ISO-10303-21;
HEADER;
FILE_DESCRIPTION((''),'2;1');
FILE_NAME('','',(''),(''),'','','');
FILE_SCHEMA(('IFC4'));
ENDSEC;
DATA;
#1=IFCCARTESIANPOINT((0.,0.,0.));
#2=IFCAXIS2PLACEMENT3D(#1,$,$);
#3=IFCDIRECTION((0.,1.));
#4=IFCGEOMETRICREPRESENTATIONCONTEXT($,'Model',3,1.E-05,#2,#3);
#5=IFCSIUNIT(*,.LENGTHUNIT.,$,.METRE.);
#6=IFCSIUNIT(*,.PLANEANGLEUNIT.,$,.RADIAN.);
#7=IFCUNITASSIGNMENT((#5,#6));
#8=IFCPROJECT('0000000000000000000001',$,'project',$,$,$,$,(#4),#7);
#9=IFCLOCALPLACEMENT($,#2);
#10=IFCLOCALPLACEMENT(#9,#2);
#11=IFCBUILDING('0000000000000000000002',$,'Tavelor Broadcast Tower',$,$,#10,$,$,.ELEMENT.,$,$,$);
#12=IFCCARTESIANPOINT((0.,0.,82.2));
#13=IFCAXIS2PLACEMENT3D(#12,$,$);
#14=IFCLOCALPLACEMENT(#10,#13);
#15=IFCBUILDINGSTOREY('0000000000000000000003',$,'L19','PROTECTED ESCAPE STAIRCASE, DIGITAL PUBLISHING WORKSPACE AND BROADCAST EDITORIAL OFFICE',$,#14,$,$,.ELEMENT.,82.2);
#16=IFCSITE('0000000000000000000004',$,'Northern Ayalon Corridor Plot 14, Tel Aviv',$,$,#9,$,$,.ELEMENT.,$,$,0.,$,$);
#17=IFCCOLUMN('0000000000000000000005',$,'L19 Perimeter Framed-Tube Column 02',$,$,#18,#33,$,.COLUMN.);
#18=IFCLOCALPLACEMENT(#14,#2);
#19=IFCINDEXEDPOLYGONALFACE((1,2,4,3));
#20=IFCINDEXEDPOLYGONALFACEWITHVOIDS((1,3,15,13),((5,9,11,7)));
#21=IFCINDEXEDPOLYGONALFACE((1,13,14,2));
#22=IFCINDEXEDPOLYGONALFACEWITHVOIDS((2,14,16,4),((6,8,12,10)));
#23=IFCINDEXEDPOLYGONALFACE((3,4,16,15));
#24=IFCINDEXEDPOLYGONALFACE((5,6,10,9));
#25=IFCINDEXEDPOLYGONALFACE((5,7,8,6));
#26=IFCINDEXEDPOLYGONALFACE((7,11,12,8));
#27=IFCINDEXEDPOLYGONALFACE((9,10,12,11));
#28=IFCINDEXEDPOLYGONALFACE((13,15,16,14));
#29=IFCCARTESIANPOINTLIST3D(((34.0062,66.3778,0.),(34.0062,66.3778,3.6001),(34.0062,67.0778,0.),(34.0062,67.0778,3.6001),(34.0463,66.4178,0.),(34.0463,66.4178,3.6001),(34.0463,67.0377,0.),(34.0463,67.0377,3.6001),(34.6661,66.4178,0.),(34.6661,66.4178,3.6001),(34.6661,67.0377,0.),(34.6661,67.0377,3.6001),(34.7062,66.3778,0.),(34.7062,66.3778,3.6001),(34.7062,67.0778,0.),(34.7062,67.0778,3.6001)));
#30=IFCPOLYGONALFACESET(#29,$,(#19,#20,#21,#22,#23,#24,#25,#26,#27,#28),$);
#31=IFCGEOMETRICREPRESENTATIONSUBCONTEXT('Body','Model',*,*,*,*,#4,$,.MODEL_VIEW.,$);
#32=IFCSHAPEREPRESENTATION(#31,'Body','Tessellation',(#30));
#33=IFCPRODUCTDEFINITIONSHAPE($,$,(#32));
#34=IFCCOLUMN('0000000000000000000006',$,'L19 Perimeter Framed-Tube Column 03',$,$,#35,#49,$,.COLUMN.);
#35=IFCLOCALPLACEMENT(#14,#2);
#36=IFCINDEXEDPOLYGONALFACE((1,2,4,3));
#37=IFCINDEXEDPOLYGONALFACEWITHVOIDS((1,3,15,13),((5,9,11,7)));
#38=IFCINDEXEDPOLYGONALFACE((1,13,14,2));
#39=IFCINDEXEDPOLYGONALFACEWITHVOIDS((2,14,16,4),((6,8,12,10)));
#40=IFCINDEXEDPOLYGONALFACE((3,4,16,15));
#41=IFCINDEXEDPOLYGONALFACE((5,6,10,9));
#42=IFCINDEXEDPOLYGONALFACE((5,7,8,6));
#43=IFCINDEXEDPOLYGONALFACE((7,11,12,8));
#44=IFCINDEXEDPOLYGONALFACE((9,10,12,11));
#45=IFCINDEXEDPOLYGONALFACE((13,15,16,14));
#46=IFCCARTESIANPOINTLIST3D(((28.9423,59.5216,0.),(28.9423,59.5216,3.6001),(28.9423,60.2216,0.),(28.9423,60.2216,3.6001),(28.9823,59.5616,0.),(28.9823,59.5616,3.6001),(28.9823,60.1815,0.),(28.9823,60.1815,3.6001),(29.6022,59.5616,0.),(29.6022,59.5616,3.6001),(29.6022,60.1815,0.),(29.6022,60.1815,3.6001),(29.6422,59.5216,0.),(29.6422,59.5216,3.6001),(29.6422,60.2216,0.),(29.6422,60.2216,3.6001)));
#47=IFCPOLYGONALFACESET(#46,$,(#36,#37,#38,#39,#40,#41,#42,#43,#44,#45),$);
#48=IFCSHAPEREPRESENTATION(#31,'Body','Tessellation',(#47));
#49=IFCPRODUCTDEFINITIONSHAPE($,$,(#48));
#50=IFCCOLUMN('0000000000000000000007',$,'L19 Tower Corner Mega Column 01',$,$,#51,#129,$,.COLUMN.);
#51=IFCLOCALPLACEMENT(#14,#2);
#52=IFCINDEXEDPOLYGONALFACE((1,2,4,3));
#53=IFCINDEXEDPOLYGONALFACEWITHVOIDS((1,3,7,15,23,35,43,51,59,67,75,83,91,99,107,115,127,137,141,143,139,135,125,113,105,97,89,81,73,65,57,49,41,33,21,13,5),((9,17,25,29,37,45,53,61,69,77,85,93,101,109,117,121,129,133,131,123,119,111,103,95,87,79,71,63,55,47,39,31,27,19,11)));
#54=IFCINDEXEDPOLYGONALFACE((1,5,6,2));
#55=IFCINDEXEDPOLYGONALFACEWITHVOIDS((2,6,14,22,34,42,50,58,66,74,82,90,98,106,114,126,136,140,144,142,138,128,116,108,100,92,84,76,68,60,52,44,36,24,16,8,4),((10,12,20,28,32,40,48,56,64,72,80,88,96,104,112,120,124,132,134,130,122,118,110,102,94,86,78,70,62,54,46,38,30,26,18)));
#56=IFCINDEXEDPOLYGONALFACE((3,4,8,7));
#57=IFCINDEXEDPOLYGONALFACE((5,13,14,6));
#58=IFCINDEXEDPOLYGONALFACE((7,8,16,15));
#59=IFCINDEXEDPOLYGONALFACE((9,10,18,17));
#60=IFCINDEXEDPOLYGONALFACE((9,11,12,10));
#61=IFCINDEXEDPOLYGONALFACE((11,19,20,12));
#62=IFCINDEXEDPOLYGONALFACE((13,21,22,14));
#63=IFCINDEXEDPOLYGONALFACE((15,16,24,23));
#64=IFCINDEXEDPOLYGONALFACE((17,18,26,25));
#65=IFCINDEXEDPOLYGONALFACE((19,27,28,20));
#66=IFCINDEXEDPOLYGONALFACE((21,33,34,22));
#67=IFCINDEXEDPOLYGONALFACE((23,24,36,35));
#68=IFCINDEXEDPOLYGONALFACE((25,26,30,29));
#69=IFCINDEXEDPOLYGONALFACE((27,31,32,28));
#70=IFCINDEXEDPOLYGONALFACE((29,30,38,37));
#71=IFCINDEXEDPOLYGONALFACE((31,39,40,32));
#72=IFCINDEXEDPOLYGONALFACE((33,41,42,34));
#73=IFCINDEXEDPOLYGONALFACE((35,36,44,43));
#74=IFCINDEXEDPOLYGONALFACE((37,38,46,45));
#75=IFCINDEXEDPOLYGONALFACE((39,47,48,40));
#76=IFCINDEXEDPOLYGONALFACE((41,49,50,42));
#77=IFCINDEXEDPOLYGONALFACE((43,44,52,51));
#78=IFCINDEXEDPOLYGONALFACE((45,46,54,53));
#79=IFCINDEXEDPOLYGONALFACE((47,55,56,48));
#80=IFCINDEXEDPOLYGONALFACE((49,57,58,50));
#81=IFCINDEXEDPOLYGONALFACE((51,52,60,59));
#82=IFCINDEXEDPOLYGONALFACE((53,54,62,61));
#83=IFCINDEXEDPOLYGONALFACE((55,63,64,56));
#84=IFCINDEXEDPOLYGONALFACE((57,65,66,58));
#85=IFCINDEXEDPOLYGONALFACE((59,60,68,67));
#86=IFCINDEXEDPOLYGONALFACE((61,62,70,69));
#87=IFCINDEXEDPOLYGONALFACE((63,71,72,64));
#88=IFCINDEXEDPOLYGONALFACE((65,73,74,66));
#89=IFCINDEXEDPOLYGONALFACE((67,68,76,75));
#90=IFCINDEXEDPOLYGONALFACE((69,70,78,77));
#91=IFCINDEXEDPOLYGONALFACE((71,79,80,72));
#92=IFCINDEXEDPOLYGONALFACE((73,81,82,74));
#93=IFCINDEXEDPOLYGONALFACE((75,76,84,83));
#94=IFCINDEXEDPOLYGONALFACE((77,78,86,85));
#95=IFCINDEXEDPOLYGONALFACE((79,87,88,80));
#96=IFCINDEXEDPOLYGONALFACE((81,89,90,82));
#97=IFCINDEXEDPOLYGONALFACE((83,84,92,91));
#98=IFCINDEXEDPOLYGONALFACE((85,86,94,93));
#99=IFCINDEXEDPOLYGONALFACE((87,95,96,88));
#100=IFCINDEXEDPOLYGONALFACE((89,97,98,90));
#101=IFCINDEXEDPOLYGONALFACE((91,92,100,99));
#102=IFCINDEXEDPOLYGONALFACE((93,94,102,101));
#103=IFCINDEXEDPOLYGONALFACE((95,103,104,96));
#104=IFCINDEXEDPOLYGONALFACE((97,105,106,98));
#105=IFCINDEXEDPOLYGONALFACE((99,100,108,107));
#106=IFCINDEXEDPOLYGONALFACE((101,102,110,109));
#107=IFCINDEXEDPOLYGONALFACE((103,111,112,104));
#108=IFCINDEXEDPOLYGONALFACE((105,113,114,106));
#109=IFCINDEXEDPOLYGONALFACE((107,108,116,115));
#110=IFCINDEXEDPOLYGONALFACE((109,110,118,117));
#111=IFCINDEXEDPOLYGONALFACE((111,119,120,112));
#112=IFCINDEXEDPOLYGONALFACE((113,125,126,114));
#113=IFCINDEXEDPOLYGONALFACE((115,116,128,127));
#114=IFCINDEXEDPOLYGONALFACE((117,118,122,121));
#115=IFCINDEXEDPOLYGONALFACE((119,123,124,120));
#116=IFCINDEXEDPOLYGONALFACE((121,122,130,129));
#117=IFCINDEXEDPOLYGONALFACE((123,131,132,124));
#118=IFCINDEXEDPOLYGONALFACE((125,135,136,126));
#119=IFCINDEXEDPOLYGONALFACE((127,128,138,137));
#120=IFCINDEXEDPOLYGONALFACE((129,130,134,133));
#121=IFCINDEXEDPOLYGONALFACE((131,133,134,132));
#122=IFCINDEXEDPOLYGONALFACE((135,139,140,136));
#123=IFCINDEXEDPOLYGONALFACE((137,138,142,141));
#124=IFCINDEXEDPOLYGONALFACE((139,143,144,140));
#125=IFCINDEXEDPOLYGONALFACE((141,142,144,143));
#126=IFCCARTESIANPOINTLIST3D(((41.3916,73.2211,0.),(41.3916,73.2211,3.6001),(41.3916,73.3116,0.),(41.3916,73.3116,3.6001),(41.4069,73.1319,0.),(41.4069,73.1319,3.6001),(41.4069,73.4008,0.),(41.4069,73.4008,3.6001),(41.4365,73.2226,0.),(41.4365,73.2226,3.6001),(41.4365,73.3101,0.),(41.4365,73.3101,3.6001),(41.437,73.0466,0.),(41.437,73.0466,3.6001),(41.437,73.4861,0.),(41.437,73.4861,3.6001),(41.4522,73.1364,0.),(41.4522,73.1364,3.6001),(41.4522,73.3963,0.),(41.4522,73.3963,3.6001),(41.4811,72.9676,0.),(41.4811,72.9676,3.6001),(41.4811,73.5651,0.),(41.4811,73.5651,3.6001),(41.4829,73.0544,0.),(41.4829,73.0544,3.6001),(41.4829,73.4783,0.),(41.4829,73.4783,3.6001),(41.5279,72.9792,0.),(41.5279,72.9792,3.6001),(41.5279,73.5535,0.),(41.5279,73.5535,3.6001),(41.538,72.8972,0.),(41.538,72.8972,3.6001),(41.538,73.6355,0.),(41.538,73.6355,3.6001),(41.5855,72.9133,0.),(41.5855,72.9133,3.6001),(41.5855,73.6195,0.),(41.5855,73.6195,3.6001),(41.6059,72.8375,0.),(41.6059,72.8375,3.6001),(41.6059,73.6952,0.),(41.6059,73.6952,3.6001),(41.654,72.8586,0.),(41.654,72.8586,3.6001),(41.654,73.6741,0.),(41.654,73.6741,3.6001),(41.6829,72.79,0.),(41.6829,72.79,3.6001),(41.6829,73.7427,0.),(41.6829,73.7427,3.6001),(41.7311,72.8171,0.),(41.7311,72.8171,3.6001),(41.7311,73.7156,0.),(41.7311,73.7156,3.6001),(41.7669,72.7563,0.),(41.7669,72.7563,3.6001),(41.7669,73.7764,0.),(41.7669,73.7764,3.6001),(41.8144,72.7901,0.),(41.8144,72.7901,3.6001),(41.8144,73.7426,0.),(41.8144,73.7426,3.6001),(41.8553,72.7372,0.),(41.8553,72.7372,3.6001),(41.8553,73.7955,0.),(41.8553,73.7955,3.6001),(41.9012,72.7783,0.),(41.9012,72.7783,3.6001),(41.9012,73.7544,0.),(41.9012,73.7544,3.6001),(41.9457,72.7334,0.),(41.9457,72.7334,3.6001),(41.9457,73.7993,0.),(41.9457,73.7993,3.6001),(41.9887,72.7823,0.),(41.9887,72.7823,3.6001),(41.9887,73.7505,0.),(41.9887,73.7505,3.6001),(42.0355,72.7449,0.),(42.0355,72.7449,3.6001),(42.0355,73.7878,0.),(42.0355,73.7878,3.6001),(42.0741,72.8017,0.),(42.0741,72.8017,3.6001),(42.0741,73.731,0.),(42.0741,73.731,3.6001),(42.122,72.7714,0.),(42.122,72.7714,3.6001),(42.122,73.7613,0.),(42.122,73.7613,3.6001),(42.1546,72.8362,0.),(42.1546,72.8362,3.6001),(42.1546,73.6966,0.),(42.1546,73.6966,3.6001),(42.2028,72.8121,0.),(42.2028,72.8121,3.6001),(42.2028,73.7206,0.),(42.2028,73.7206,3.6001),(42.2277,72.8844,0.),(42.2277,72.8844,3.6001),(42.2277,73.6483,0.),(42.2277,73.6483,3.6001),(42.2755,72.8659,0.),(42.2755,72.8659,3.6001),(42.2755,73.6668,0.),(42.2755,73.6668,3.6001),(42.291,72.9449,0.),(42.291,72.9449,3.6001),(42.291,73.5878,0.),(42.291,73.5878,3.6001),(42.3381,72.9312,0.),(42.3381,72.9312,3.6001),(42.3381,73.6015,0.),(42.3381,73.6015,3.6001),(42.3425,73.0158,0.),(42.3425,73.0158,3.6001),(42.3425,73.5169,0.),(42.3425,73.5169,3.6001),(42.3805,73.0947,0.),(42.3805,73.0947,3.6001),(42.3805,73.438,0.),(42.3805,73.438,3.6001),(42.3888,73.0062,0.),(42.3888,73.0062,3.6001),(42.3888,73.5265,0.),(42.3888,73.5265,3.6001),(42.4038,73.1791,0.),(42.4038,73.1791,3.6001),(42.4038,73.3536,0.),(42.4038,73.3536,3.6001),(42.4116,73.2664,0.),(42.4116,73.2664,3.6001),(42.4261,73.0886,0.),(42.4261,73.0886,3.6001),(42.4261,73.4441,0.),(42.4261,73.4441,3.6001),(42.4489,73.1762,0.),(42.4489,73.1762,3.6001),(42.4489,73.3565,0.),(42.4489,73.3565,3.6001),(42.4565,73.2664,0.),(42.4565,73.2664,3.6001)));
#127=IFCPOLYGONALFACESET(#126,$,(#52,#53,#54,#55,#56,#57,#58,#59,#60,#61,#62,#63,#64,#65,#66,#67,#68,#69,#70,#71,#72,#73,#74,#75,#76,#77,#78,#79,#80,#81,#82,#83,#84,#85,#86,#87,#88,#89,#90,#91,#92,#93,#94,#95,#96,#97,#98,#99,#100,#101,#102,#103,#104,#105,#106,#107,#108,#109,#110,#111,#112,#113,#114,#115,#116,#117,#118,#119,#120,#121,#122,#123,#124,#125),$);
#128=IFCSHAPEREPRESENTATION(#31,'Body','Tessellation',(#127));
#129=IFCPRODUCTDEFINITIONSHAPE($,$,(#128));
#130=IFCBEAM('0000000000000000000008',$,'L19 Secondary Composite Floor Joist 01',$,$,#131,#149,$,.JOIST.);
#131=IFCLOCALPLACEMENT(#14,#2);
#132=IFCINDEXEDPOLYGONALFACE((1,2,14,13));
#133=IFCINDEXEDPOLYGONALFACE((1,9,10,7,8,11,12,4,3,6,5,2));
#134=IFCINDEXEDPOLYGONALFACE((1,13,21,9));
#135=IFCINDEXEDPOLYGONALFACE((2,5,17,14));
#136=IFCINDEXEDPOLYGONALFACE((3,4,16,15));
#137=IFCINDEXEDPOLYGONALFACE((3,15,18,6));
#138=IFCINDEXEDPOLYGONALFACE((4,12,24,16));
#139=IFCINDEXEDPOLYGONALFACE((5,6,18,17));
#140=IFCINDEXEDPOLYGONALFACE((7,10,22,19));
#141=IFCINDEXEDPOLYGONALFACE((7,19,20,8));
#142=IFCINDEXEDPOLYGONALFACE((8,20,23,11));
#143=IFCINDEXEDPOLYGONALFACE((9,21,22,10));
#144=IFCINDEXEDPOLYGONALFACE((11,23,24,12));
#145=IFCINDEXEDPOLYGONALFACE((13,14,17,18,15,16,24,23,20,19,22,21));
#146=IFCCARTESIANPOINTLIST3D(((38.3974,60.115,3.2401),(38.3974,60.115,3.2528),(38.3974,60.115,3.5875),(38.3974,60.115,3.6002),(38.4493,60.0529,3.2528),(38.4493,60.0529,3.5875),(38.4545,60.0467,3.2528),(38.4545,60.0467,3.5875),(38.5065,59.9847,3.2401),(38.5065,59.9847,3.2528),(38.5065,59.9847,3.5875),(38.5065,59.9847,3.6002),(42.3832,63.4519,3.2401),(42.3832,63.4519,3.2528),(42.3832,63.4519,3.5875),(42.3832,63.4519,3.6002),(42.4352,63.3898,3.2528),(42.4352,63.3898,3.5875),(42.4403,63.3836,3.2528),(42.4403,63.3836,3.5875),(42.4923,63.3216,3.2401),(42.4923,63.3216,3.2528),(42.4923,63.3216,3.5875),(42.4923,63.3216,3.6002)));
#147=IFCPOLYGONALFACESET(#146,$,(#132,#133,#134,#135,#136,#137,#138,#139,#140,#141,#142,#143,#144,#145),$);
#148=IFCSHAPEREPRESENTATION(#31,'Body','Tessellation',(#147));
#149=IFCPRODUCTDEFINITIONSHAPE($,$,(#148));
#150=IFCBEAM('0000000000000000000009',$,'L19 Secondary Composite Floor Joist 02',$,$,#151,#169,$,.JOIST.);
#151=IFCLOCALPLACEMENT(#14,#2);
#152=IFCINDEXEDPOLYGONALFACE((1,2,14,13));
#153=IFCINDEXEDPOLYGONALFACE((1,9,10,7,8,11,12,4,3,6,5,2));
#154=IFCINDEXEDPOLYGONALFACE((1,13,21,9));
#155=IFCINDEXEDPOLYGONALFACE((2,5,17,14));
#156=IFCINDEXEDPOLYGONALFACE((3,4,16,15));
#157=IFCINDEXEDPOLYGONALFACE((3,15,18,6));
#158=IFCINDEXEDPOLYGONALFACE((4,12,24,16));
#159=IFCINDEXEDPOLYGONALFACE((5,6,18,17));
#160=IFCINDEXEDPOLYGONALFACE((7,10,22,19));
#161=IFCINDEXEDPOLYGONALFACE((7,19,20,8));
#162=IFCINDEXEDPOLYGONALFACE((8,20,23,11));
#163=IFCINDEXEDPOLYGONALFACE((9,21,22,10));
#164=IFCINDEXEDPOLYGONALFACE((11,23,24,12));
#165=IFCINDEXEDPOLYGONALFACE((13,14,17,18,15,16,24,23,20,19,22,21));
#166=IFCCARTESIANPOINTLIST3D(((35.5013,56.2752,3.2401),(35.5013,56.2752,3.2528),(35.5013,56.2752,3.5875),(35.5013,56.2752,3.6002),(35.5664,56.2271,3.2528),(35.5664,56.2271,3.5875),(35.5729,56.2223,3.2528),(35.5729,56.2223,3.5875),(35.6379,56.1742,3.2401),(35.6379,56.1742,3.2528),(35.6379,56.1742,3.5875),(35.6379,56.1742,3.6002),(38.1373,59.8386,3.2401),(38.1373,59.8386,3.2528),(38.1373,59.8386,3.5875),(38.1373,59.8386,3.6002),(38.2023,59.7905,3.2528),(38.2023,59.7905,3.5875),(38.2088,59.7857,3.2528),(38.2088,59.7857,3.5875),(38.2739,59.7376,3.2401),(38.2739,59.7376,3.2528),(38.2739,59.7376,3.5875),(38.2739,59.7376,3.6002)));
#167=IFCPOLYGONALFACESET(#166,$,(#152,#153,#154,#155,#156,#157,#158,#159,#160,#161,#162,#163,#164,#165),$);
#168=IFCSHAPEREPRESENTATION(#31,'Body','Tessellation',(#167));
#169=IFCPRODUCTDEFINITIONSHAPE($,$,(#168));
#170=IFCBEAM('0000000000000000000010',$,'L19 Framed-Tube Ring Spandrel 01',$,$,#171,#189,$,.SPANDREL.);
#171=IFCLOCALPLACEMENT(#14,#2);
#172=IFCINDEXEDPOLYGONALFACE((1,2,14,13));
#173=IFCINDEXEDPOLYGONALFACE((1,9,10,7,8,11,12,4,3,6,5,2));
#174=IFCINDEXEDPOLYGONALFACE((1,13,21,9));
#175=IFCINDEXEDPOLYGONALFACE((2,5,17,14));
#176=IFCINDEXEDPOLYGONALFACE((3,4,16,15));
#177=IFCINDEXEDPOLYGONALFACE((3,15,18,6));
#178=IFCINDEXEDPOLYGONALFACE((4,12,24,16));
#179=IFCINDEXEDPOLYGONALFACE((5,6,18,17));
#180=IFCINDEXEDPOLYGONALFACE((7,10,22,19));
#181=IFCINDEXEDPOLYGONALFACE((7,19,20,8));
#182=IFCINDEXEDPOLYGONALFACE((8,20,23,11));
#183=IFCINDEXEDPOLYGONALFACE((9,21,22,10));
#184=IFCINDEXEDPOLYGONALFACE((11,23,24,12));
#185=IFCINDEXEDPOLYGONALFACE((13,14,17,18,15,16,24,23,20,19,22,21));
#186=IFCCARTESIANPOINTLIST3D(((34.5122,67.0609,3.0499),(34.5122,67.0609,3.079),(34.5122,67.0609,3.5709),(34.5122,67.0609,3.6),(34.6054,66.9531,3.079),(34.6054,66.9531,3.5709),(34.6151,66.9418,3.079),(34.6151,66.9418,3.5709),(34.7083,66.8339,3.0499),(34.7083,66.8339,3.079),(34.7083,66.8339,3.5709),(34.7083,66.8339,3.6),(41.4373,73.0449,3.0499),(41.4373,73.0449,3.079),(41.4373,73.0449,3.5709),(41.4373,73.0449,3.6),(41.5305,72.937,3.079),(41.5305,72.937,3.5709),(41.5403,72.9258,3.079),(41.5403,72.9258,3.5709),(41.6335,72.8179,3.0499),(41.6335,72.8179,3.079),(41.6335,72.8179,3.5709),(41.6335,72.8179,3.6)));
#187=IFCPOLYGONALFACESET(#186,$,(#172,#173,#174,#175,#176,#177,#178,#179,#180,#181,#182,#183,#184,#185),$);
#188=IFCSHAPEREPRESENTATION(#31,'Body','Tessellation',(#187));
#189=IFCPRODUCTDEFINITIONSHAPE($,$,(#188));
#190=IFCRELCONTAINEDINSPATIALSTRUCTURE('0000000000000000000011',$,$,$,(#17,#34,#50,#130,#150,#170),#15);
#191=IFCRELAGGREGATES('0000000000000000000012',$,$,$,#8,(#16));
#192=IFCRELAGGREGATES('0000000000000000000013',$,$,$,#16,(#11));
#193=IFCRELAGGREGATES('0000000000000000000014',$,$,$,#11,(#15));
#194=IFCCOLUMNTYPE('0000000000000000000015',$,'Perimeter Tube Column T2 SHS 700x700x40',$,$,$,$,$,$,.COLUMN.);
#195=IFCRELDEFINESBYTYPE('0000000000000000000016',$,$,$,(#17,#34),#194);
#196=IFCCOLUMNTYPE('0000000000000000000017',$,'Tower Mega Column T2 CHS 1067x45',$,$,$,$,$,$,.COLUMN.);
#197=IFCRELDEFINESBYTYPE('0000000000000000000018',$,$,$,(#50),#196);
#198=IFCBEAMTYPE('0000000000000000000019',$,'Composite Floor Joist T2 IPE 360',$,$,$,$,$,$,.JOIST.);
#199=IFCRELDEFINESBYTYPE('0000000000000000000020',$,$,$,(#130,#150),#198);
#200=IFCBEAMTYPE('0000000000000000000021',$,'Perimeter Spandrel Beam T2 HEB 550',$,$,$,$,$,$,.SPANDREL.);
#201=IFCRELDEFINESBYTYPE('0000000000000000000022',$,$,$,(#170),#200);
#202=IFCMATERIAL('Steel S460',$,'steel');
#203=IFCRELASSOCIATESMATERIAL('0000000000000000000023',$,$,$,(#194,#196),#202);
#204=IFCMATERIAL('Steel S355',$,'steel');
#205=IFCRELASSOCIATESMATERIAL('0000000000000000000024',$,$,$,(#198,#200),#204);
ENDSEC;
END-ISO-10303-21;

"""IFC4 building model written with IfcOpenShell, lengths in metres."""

from ifc_helpers import new_model, si_unit, direction, frame, origin, origin_2d, place, context, subcontext, project, spatial, hollow_rectangle, hollow_circle, i_section, extrude, material, material_profile, profile_set, type_object, element, save


model = new_model("IFC4")

# Units and contexts
model_context = context("Model", 3, precision=1e-05, world=origin(), true_north=direction((0.0, 1.0)))
body_context = subcontext(model_context, "Body", "Model", "MODEL_VIEW")
ifc_project = project(units=[si_unit("LENGTHUNIT", "METRE"), si_unit("PLANEANGLEUNIT", "RADIAN")], contexts=[model_context])

# Site, building, storey
site_placement = place(None, origin())
site = spatial("IfcSite", under=ifc_project, at=site_placement, Name="Northern Ayalon Corridor Plot 14, Tel Aviv", CompositionType="ELEMENT", RefElevation=0.0)
building_placement = place(site_placement, origin())
building = spatial("IfcBuilding", under=site, at=building_placement, Name="Tavelor Broadcast Tower", CompositionType="ELEMENT")
storey_placement = place(building_placement, frame((0.0, 0.0, 82.2)))
storey = spatial("IfcBuildingStorey", under=building, at=storey_placement, Name="L19", Description="PROTECTED ESCAPE STAIRCASE, DIGITAL PUBLISHING WORKSPACE AND BROADCAST EDITORIAL OFFICE", CompositionType="ELEMENT", Elevation=82.2)

# Columns
ifc_material_1 = material(Name="Steel S460", Category="steel")
ifc_material_profile_1 = material_profile(ifc_material_1, hollow_rectangle(XDim=0.7, YDim=0.7, WallThickness=0.04, at=origin_2d()), Name="SHS 700x700x40")
ifc_profile_set_1 = profile_set([ifc_material_profile_1], Name="Steel S460")
column_type_1 = type_object("IfcColumnType", Name="Perimeter Tube Column T2 SHS 700x700x40", PredefinedType="COLUMN", material=ifc_profile_set_1)
for number, where, z_axis, x_axis, name in (
    (1, (34.3562, 66.7278, 0.0), (0.0, 0.0, 1.0), (1.0, 0.0, 0.0), "L19 Perimeter Framed-Tube Column 02"),
    (2, (29.2922, 59.8716, 0.0), (0.0, 0.0, 1.0), (1.0, 0.0, 0.0), "L19 Perimeter Framed-Tube Column 03"),
):
    element("IfcColumn", number, at=place(storey_placement, frame(where, z_axis=z_axis, x_axis=x_axis)), inside=storey, type_object=column_type_1, Name=name, PredefinedType="COLUMN", context=body_context, shape_type="SweptSolid", body=[
        extrude(hollow_rectangle(XDim=0.7, YDim=0.7, WallThickness=0.04, at=origin_2d()), origin(), (0.0, 0.0, 1.0), 3.6001),
    ])
ifc_material_profile_2 = material_profile(ifc_material_1, hollow_circle(Radius=0.5334, WallThickness=0.0449, at=origin_2d()), Name="CHS 1067x45")
ifc_profile_set_2 = profile_set([ifc_material_profile_2], Name="Steel S460")
column_type_2 = type_object("IfcColumnType", Name="Tower Mega Column T2 CHS 1067x45", PredefinedType="COLUMN", material=ifc_profile_set_2)
column_placement = place(storey_placement, frame((41.9231, 73.2664, 0.0), z_axis=(0.0, 0.0, 1.0), x_axis=(1.0, 0.0, 0.0)))
element("IfcColumn", 3, at=column_placement, inside=storey, type_object=column_type_2, Name="L19 Tower Corner Mega Column 01", PredefinedType="COLUMN", context=body_context, shape_type="SweptSolid", body=[
    extrude(hollow_circle(Radius=0.5334, WallThickness=0.0449, at=origin_2d()), origin(), (0.0, 0.0, 1.0), 3.6001),
])

# Beams
ifc_material_2 = material(Name="Steel S355", Category="steel")
ifc_material_profile_3 = material_profile(ifc_material_2, i_section(OverallWidth=0.1699, OverallDepth=0.3601, WebThickness=0.0081, FlangeThickness=0.0127, at=origin_2d()), Name="IPE 360")
ifc_profile_set_3 = profile_set([ifc_material_profile_3], Name="Steel S355")
beam_type_1 = type_object("IfcBeamType", Name="Composite Floor Joist T2 IPE 360", PredefinedType="JOIST", material=ifc_profile_set_3)
beam_1_placement = place(storey_placement, frame((42.4377, 63.3867, 3.4202), z_axis=(-0.766764, -0.641929, 0.0), x_axis=(0.641929, -0.766764, 0.0)))
element("IfcBeam", 4, at=beam_1_placement, inside=storey, type_object=beam_type_1, Name="L19 Secondary Composite Floor Joist 01", PredefinedType="JOIST", context=body_context, shape_type="SweptSolid", body=[
    extrude(i_section(OverallWidth=0.1699, OverallDepth=0.3601, WebThickness=0.0081, FlangeThickness=0.0127, at=origin_2d()), origin(), (0.0, 0.0, 1.0), 5.1982),
])
beam_2_placement = place(storey_placement, frame((38.2056, 59.7881, 3.4202), z_axis=(-0.594699, -0.803948, 0.0), x_axis=(0.803948, -0.594699, 0.0)))
element("IfcBeam", 5, at=beam_2_placement, inside=storey, type_object=beam_type_1, Name="L19 Secondary Composite Floor Joist 02", PredefinedType="JOIST", context=body_context, shape_type="SweptSolid", body=[
    extrude(i_section(OverallWidth=0.1699, OverallDepth=0.3601, WebThickness=0.0081, FlangeThickness=0.0127, at=origin_2d()), origin(), (0.0, 0.0, 1.0), 4.4324),
])
ifc_material_profile_4 = material_profile(ifc_material_2, i_section(OverallWidth=0.3, OverallDepth=0.55, WebThickness=0.0149, FlangeThickness=0.0291, at=origin_2d()), Name="HEB 550")
ifc_profile_set_4 = profile_set([ifc_material_profile_4], Name="Steel S355")
beam_type_2 = type_object("IfcBeamType", Name="Perimeter Spandrel Beam T2 HEB 550", PredefinedType="SPANDREL", material=ifc_profile_set_4)
beam_3_placement = place(storey_placement, frame((41.5354, 72.9314, 3.325), z_axis=(-0.756652, -0.653818, 0.0), x_axis=(0.653818, -0.756652, 0.0)))
element("IfcBeam", 6, at=beam_3_placement, inside=storey, type_object=beam_type_2, Name="L19 Framed-Tube Ring Spandrel 01", PredefinedType="SPANDREL", context=body_context, shape_type="SweptSolid", body=[
    extrude(i_section(OverallWidth=0.3, OverallDepth=0.55, WebThickness=0.0149, FlangeThickness=0.0291, at=origin_2d()), origin(), (0.0, 0.0, 1.0), 9.1523),
])

save(model, "model.ifc")
